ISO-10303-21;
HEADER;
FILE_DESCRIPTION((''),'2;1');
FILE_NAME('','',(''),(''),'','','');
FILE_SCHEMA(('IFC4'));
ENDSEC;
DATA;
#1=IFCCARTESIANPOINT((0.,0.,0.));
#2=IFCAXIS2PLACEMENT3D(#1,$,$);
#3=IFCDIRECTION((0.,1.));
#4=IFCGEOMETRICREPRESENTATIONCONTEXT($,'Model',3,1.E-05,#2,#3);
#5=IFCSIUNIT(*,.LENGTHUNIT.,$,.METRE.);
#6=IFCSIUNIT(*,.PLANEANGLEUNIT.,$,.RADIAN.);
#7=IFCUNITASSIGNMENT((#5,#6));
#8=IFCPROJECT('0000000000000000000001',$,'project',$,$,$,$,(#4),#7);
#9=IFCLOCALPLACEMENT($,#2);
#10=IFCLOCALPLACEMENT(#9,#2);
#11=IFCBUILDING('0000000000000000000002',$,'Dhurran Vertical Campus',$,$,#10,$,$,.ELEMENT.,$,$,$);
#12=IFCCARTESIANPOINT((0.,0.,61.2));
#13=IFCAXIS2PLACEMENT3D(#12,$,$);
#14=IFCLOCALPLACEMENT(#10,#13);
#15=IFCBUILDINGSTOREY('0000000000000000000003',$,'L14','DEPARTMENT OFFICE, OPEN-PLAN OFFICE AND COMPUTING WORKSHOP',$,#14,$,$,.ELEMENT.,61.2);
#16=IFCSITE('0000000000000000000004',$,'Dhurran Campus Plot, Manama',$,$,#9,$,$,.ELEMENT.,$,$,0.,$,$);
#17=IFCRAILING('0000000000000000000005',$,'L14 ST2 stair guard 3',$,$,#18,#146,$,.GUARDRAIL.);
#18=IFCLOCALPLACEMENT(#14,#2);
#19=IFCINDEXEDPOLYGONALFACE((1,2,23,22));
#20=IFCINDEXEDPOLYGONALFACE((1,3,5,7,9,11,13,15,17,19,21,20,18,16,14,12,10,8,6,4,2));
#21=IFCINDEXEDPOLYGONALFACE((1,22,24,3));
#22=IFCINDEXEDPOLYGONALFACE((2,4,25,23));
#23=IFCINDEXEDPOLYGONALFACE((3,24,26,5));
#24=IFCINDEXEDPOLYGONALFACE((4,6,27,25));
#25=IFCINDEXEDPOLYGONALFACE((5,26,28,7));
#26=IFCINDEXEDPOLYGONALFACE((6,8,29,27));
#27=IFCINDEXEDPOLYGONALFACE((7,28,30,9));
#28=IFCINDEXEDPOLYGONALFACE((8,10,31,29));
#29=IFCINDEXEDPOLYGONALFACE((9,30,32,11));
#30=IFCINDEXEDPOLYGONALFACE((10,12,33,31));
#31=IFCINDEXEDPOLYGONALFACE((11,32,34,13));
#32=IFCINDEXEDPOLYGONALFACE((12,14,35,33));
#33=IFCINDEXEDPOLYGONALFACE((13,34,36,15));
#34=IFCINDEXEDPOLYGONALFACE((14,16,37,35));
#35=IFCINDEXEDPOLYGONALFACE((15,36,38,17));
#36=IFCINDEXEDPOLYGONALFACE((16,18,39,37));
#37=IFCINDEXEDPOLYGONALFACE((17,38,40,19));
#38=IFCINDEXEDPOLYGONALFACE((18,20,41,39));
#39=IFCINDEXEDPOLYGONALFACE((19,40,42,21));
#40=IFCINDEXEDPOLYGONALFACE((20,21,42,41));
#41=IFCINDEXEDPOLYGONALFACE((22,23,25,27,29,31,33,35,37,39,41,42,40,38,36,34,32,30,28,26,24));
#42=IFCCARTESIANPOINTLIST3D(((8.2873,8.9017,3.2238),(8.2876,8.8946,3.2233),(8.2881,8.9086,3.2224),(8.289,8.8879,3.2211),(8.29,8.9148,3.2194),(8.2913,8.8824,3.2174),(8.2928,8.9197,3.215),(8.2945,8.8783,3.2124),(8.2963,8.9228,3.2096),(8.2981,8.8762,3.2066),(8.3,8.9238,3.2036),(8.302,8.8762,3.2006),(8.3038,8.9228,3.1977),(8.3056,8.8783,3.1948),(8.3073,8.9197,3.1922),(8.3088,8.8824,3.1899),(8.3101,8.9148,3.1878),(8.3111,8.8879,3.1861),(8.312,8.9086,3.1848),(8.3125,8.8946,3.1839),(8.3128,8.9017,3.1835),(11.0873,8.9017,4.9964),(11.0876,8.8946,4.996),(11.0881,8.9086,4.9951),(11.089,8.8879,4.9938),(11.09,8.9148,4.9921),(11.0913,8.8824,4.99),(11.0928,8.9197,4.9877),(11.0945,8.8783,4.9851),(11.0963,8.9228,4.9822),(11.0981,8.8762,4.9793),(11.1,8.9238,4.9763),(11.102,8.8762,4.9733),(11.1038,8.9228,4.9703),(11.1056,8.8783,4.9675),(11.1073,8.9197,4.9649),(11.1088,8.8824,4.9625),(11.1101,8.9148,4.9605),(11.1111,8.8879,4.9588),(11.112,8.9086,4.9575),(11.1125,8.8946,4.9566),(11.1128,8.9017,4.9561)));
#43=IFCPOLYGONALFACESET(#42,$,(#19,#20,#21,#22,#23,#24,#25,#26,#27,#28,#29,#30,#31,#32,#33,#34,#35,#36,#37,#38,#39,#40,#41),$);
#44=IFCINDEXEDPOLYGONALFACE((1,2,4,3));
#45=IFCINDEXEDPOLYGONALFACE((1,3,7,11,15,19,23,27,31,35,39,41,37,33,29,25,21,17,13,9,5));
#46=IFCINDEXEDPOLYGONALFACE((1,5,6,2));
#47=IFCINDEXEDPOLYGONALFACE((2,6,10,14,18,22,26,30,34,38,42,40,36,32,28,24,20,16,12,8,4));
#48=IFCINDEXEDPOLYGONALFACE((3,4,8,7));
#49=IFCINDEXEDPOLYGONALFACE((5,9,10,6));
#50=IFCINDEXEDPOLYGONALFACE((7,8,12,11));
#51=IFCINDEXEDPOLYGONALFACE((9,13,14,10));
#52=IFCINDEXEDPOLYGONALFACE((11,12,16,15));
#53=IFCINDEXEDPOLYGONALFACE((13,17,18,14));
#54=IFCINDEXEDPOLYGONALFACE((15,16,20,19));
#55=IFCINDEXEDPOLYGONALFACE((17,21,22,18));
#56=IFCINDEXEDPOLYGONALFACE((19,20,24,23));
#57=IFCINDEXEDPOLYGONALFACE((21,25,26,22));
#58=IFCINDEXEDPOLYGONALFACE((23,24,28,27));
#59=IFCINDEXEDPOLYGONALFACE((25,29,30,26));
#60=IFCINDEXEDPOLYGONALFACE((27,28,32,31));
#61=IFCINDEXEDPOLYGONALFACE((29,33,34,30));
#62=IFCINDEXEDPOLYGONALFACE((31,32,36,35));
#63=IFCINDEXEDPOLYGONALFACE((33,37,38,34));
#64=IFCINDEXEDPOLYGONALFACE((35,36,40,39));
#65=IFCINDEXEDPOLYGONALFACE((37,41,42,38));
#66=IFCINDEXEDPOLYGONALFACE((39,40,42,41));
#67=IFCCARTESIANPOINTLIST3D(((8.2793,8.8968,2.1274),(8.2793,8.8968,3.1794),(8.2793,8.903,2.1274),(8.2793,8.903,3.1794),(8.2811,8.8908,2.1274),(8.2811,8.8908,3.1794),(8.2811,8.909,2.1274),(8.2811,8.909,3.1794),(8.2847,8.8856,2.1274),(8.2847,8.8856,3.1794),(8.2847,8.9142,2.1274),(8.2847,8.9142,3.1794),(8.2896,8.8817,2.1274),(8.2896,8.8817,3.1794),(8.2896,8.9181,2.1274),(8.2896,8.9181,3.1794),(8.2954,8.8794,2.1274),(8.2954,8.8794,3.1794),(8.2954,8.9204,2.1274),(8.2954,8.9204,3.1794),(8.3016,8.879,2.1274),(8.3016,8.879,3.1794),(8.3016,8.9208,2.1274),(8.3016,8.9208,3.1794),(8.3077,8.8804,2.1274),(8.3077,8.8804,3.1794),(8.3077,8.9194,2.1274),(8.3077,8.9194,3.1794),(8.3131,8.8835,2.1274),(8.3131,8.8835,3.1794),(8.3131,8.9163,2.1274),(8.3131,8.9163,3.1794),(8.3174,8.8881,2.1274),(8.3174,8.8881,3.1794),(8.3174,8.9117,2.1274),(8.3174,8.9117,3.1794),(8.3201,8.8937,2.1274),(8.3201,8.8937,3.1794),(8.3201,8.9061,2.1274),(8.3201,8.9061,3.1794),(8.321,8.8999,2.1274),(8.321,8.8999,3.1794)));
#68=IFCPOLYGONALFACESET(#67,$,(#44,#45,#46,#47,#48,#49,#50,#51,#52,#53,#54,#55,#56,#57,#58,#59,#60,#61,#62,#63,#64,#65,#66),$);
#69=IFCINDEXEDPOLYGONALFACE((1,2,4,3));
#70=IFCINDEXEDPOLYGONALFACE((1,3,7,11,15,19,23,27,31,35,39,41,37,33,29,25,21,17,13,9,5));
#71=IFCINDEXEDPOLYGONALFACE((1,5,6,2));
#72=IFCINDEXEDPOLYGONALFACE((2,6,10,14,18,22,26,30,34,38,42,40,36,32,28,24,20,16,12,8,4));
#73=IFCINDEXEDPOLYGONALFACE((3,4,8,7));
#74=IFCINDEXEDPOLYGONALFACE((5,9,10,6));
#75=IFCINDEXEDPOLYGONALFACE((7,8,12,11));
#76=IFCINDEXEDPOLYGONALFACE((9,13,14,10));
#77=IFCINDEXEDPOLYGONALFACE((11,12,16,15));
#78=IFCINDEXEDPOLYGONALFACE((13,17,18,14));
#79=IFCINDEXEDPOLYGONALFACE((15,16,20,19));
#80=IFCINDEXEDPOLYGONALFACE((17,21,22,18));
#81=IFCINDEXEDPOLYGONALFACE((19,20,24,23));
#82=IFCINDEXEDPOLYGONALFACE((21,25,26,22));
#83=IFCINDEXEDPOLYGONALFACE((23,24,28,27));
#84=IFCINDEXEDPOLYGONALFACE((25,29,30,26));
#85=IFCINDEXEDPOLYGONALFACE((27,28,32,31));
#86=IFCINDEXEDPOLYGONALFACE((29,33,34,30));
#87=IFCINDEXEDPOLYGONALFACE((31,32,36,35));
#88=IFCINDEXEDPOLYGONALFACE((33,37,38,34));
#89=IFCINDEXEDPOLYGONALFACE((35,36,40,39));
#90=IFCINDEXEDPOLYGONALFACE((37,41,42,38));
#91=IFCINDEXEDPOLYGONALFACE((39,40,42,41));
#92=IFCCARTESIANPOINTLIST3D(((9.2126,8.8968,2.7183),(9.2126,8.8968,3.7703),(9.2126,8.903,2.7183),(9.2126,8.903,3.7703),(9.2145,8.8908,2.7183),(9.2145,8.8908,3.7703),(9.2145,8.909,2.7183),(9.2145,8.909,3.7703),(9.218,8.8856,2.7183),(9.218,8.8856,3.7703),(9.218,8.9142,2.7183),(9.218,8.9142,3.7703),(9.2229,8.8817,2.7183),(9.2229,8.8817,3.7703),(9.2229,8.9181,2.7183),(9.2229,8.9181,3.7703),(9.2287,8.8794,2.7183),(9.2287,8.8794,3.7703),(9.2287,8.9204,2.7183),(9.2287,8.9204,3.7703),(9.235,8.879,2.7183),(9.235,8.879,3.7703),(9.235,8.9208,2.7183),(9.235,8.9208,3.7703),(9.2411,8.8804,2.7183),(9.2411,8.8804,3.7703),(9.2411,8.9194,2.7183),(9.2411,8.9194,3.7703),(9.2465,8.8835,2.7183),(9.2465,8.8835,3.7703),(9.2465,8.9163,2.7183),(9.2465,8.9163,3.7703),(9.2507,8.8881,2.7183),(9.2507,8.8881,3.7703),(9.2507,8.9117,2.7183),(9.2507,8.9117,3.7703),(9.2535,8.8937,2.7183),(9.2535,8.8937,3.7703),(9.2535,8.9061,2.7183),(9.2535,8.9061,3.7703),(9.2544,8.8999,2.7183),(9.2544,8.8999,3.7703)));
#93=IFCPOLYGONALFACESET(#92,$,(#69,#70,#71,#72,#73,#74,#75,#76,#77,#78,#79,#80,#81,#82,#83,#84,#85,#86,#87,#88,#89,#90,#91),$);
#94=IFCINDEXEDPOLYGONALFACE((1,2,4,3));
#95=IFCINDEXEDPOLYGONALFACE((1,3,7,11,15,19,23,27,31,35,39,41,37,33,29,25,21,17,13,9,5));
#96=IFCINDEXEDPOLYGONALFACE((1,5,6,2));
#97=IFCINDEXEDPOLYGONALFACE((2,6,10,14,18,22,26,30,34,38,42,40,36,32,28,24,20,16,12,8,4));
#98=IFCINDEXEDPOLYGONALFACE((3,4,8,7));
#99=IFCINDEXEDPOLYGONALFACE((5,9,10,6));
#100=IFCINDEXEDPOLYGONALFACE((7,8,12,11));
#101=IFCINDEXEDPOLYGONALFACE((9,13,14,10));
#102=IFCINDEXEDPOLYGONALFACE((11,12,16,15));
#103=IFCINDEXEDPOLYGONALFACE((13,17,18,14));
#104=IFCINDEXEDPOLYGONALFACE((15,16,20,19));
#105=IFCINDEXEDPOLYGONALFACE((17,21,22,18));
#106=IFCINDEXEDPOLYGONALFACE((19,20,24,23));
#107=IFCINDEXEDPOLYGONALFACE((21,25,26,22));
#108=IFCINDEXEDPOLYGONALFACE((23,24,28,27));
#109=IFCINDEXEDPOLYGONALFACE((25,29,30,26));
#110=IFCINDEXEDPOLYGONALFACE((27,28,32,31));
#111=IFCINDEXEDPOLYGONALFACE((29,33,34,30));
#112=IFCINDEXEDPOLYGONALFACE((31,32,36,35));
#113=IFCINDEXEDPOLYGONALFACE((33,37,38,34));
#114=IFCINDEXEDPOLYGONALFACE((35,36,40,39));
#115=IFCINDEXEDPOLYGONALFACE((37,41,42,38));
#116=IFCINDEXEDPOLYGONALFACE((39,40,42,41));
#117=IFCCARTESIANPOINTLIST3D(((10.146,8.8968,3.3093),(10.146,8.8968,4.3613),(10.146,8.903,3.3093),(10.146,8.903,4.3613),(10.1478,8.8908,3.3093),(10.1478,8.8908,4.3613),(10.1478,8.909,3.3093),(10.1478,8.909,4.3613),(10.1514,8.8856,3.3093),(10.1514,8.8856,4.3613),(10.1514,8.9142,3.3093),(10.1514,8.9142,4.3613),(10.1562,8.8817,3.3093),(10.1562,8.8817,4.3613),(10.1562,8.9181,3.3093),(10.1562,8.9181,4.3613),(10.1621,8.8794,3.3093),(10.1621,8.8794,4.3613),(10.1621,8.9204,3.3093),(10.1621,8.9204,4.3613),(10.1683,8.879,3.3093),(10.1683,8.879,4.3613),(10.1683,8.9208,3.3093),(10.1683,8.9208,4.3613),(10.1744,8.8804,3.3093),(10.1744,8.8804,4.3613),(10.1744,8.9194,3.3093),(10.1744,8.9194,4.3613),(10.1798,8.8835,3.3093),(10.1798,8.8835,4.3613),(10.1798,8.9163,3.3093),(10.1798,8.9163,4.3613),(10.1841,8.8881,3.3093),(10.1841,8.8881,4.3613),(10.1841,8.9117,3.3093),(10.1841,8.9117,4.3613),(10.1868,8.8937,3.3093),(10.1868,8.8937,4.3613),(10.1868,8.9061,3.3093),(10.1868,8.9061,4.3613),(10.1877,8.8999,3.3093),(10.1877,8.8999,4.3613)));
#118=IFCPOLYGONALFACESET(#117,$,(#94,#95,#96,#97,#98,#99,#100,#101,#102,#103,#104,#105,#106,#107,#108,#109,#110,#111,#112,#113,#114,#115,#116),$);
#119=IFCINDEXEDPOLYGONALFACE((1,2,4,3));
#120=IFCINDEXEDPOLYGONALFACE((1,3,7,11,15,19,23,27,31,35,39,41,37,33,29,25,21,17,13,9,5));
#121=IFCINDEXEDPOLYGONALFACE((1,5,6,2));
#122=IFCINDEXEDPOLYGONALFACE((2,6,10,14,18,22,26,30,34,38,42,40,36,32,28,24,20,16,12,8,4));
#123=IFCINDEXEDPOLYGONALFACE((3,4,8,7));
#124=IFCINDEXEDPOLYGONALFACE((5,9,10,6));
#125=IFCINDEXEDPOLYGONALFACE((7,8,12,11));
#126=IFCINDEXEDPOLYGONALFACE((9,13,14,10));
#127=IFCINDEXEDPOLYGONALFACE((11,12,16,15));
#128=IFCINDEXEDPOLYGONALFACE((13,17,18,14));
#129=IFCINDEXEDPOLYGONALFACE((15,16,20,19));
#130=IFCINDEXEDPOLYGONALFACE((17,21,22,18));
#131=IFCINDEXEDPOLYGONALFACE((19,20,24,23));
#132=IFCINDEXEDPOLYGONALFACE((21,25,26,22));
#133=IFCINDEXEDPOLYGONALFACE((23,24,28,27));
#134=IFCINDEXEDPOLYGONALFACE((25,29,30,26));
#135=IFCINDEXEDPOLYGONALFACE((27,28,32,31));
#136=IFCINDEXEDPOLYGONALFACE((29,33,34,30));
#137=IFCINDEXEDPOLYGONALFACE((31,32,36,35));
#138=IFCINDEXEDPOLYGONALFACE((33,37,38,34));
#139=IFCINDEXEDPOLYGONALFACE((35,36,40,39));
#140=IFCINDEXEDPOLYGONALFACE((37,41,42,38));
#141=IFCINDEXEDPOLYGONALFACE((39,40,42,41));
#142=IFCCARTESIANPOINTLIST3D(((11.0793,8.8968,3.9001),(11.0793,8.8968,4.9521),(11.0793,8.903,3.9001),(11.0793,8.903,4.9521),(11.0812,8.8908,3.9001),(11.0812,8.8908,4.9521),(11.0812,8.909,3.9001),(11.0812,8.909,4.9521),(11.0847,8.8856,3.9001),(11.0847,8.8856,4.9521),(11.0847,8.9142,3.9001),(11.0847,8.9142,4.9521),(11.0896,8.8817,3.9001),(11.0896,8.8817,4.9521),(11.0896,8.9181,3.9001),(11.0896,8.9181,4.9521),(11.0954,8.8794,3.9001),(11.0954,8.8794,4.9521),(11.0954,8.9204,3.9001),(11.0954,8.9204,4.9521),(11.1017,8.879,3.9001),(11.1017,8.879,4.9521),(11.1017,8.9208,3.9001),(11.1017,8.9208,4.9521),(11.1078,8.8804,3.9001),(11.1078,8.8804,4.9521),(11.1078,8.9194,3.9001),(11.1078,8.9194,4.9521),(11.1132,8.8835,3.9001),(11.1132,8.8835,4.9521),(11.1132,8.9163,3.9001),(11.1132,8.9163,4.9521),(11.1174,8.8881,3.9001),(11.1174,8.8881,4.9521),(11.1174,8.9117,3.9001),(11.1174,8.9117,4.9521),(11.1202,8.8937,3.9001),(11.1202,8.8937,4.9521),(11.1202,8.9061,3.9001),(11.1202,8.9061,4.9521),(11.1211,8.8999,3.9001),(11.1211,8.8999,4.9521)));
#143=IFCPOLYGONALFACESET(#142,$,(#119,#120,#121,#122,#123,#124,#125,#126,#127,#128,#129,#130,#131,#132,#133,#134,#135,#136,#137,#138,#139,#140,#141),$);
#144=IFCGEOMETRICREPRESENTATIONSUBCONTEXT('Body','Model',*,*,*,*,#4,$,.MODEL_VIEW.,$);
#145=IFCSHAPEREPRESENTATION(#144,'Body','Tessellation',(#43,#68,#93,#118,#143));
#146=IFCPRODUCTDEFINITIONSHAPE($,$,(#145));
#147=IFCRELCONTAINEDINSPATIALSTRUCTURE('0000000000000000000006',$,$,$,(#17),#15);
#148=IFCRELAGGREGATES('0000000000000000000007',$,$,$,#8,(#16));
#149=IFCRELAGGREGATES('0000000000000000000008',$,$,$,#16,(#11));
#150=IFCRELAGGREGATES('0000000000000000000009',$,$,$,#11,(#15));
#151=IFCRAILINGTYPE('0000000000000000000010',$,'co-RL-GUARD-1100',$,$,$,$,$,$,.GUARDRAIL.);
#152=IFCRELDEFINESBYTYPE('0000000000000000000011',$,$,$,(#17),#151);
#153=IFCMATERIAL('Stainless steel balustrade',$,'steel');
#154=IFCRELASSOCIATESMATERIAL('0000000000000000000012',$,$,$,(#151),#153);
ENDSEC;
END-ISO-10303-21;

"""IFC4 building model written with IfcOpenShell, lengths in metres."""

from ifc_helpers import new_model, si_unit, direction, frame, origin, origin_2d, place, context, subcontext, project, spatial, circle, extrude, material, type_object, element, save


model = new_model("IFC4")

# Units and contexts
model_context = context("Model", 3, precision=1e-05, world=origin(), true_north=direction((0.0, 1.0)))
body_context = subcontext(model_context, "Body", "Model", "MODEL_VIEW")
ifc_project = project(units=[si_unit("LENGTHUNIT", "METRE"), si_unit("PLANEANGLEUNIT", "RADIAN")], contexts=[model_context])

# Site, building, storey
site_placement = place(None, origin())
site = spatial("IfcSite", under=ifc_project, at=site_placement, Name="Dhurran Campus Plot, Manama", CompositionType="ELEMENT", RefElevation=0.0)
building_placement = place(site_placement, origin())
building = spatial("IfcBuilding", under=site, at=building_placement, Name="Dhurran Vertical Campus", CompositionType="ELEMENT")
storey_placement = place(building_placement, frame((0.0, 0.0, 61.2)))
storey = spatial("IfcBuildingStorey", under=building, at=storey_placement, Name="L14", Description="DEPARTMENT OFFICE, OPEN-PLAN OFFICE AND COMPUTING WORKSHOP", CompositionType="ELEMENT", Elevation=61.2)

# Railing
ifc_material_1 = material(Name="Stainless steel balustrade", Category="steel")
railing_type_1 = type_object("IfcRailingType", Name="co-RL-GUARD-1100", PredefinedType="GUARDRAIL", material=ifc_material_1)
railing_1_placement = place(storey_placement, frame((8.3, 8.8999, 2.1274)))
element("IfcRailing", 1, at=railing_1_placement, inside=storey, type_object=railing_type_1, Name="L14 ST2 stair guard 3", PredefinedType="GUARDRAIL", context=body_context, shape_type="SweptSolid", body=[
    extrude(circle(Radius=0.0239, at=origin_2d()), frame((0.0, 0.0, 1.0762), z_axis=(0.844909, 0.0, 0.53491), x_axis=(0.0, 1.0, 0.0)), (0.0, 0.0, 1.0), 3.314),
    extrude(circle(Radius=0.021, at=origin_2d()), origin(), (0.0, 0.0, 1.0), 1.052),
    extrude(circle(Radius=0.021, at=origin_2d()), frame((0.9333, 0.0, 0.5908)), (0.0, 0.0, 1.0), 1.052),
    extrude(circle(Radius=0.021, at=origin_2d()), frame((1.8667, 0.0, 1.1819)), (0.0, 0.0, 1.0), 1.052),
    extrude(circle(Radius=0.021, at=origin_2d()), frame((2.8, 0.0, 1.7727)), (0.0, 0.0, 1.0), 1.052),
])

save(model, "model.ifc")
